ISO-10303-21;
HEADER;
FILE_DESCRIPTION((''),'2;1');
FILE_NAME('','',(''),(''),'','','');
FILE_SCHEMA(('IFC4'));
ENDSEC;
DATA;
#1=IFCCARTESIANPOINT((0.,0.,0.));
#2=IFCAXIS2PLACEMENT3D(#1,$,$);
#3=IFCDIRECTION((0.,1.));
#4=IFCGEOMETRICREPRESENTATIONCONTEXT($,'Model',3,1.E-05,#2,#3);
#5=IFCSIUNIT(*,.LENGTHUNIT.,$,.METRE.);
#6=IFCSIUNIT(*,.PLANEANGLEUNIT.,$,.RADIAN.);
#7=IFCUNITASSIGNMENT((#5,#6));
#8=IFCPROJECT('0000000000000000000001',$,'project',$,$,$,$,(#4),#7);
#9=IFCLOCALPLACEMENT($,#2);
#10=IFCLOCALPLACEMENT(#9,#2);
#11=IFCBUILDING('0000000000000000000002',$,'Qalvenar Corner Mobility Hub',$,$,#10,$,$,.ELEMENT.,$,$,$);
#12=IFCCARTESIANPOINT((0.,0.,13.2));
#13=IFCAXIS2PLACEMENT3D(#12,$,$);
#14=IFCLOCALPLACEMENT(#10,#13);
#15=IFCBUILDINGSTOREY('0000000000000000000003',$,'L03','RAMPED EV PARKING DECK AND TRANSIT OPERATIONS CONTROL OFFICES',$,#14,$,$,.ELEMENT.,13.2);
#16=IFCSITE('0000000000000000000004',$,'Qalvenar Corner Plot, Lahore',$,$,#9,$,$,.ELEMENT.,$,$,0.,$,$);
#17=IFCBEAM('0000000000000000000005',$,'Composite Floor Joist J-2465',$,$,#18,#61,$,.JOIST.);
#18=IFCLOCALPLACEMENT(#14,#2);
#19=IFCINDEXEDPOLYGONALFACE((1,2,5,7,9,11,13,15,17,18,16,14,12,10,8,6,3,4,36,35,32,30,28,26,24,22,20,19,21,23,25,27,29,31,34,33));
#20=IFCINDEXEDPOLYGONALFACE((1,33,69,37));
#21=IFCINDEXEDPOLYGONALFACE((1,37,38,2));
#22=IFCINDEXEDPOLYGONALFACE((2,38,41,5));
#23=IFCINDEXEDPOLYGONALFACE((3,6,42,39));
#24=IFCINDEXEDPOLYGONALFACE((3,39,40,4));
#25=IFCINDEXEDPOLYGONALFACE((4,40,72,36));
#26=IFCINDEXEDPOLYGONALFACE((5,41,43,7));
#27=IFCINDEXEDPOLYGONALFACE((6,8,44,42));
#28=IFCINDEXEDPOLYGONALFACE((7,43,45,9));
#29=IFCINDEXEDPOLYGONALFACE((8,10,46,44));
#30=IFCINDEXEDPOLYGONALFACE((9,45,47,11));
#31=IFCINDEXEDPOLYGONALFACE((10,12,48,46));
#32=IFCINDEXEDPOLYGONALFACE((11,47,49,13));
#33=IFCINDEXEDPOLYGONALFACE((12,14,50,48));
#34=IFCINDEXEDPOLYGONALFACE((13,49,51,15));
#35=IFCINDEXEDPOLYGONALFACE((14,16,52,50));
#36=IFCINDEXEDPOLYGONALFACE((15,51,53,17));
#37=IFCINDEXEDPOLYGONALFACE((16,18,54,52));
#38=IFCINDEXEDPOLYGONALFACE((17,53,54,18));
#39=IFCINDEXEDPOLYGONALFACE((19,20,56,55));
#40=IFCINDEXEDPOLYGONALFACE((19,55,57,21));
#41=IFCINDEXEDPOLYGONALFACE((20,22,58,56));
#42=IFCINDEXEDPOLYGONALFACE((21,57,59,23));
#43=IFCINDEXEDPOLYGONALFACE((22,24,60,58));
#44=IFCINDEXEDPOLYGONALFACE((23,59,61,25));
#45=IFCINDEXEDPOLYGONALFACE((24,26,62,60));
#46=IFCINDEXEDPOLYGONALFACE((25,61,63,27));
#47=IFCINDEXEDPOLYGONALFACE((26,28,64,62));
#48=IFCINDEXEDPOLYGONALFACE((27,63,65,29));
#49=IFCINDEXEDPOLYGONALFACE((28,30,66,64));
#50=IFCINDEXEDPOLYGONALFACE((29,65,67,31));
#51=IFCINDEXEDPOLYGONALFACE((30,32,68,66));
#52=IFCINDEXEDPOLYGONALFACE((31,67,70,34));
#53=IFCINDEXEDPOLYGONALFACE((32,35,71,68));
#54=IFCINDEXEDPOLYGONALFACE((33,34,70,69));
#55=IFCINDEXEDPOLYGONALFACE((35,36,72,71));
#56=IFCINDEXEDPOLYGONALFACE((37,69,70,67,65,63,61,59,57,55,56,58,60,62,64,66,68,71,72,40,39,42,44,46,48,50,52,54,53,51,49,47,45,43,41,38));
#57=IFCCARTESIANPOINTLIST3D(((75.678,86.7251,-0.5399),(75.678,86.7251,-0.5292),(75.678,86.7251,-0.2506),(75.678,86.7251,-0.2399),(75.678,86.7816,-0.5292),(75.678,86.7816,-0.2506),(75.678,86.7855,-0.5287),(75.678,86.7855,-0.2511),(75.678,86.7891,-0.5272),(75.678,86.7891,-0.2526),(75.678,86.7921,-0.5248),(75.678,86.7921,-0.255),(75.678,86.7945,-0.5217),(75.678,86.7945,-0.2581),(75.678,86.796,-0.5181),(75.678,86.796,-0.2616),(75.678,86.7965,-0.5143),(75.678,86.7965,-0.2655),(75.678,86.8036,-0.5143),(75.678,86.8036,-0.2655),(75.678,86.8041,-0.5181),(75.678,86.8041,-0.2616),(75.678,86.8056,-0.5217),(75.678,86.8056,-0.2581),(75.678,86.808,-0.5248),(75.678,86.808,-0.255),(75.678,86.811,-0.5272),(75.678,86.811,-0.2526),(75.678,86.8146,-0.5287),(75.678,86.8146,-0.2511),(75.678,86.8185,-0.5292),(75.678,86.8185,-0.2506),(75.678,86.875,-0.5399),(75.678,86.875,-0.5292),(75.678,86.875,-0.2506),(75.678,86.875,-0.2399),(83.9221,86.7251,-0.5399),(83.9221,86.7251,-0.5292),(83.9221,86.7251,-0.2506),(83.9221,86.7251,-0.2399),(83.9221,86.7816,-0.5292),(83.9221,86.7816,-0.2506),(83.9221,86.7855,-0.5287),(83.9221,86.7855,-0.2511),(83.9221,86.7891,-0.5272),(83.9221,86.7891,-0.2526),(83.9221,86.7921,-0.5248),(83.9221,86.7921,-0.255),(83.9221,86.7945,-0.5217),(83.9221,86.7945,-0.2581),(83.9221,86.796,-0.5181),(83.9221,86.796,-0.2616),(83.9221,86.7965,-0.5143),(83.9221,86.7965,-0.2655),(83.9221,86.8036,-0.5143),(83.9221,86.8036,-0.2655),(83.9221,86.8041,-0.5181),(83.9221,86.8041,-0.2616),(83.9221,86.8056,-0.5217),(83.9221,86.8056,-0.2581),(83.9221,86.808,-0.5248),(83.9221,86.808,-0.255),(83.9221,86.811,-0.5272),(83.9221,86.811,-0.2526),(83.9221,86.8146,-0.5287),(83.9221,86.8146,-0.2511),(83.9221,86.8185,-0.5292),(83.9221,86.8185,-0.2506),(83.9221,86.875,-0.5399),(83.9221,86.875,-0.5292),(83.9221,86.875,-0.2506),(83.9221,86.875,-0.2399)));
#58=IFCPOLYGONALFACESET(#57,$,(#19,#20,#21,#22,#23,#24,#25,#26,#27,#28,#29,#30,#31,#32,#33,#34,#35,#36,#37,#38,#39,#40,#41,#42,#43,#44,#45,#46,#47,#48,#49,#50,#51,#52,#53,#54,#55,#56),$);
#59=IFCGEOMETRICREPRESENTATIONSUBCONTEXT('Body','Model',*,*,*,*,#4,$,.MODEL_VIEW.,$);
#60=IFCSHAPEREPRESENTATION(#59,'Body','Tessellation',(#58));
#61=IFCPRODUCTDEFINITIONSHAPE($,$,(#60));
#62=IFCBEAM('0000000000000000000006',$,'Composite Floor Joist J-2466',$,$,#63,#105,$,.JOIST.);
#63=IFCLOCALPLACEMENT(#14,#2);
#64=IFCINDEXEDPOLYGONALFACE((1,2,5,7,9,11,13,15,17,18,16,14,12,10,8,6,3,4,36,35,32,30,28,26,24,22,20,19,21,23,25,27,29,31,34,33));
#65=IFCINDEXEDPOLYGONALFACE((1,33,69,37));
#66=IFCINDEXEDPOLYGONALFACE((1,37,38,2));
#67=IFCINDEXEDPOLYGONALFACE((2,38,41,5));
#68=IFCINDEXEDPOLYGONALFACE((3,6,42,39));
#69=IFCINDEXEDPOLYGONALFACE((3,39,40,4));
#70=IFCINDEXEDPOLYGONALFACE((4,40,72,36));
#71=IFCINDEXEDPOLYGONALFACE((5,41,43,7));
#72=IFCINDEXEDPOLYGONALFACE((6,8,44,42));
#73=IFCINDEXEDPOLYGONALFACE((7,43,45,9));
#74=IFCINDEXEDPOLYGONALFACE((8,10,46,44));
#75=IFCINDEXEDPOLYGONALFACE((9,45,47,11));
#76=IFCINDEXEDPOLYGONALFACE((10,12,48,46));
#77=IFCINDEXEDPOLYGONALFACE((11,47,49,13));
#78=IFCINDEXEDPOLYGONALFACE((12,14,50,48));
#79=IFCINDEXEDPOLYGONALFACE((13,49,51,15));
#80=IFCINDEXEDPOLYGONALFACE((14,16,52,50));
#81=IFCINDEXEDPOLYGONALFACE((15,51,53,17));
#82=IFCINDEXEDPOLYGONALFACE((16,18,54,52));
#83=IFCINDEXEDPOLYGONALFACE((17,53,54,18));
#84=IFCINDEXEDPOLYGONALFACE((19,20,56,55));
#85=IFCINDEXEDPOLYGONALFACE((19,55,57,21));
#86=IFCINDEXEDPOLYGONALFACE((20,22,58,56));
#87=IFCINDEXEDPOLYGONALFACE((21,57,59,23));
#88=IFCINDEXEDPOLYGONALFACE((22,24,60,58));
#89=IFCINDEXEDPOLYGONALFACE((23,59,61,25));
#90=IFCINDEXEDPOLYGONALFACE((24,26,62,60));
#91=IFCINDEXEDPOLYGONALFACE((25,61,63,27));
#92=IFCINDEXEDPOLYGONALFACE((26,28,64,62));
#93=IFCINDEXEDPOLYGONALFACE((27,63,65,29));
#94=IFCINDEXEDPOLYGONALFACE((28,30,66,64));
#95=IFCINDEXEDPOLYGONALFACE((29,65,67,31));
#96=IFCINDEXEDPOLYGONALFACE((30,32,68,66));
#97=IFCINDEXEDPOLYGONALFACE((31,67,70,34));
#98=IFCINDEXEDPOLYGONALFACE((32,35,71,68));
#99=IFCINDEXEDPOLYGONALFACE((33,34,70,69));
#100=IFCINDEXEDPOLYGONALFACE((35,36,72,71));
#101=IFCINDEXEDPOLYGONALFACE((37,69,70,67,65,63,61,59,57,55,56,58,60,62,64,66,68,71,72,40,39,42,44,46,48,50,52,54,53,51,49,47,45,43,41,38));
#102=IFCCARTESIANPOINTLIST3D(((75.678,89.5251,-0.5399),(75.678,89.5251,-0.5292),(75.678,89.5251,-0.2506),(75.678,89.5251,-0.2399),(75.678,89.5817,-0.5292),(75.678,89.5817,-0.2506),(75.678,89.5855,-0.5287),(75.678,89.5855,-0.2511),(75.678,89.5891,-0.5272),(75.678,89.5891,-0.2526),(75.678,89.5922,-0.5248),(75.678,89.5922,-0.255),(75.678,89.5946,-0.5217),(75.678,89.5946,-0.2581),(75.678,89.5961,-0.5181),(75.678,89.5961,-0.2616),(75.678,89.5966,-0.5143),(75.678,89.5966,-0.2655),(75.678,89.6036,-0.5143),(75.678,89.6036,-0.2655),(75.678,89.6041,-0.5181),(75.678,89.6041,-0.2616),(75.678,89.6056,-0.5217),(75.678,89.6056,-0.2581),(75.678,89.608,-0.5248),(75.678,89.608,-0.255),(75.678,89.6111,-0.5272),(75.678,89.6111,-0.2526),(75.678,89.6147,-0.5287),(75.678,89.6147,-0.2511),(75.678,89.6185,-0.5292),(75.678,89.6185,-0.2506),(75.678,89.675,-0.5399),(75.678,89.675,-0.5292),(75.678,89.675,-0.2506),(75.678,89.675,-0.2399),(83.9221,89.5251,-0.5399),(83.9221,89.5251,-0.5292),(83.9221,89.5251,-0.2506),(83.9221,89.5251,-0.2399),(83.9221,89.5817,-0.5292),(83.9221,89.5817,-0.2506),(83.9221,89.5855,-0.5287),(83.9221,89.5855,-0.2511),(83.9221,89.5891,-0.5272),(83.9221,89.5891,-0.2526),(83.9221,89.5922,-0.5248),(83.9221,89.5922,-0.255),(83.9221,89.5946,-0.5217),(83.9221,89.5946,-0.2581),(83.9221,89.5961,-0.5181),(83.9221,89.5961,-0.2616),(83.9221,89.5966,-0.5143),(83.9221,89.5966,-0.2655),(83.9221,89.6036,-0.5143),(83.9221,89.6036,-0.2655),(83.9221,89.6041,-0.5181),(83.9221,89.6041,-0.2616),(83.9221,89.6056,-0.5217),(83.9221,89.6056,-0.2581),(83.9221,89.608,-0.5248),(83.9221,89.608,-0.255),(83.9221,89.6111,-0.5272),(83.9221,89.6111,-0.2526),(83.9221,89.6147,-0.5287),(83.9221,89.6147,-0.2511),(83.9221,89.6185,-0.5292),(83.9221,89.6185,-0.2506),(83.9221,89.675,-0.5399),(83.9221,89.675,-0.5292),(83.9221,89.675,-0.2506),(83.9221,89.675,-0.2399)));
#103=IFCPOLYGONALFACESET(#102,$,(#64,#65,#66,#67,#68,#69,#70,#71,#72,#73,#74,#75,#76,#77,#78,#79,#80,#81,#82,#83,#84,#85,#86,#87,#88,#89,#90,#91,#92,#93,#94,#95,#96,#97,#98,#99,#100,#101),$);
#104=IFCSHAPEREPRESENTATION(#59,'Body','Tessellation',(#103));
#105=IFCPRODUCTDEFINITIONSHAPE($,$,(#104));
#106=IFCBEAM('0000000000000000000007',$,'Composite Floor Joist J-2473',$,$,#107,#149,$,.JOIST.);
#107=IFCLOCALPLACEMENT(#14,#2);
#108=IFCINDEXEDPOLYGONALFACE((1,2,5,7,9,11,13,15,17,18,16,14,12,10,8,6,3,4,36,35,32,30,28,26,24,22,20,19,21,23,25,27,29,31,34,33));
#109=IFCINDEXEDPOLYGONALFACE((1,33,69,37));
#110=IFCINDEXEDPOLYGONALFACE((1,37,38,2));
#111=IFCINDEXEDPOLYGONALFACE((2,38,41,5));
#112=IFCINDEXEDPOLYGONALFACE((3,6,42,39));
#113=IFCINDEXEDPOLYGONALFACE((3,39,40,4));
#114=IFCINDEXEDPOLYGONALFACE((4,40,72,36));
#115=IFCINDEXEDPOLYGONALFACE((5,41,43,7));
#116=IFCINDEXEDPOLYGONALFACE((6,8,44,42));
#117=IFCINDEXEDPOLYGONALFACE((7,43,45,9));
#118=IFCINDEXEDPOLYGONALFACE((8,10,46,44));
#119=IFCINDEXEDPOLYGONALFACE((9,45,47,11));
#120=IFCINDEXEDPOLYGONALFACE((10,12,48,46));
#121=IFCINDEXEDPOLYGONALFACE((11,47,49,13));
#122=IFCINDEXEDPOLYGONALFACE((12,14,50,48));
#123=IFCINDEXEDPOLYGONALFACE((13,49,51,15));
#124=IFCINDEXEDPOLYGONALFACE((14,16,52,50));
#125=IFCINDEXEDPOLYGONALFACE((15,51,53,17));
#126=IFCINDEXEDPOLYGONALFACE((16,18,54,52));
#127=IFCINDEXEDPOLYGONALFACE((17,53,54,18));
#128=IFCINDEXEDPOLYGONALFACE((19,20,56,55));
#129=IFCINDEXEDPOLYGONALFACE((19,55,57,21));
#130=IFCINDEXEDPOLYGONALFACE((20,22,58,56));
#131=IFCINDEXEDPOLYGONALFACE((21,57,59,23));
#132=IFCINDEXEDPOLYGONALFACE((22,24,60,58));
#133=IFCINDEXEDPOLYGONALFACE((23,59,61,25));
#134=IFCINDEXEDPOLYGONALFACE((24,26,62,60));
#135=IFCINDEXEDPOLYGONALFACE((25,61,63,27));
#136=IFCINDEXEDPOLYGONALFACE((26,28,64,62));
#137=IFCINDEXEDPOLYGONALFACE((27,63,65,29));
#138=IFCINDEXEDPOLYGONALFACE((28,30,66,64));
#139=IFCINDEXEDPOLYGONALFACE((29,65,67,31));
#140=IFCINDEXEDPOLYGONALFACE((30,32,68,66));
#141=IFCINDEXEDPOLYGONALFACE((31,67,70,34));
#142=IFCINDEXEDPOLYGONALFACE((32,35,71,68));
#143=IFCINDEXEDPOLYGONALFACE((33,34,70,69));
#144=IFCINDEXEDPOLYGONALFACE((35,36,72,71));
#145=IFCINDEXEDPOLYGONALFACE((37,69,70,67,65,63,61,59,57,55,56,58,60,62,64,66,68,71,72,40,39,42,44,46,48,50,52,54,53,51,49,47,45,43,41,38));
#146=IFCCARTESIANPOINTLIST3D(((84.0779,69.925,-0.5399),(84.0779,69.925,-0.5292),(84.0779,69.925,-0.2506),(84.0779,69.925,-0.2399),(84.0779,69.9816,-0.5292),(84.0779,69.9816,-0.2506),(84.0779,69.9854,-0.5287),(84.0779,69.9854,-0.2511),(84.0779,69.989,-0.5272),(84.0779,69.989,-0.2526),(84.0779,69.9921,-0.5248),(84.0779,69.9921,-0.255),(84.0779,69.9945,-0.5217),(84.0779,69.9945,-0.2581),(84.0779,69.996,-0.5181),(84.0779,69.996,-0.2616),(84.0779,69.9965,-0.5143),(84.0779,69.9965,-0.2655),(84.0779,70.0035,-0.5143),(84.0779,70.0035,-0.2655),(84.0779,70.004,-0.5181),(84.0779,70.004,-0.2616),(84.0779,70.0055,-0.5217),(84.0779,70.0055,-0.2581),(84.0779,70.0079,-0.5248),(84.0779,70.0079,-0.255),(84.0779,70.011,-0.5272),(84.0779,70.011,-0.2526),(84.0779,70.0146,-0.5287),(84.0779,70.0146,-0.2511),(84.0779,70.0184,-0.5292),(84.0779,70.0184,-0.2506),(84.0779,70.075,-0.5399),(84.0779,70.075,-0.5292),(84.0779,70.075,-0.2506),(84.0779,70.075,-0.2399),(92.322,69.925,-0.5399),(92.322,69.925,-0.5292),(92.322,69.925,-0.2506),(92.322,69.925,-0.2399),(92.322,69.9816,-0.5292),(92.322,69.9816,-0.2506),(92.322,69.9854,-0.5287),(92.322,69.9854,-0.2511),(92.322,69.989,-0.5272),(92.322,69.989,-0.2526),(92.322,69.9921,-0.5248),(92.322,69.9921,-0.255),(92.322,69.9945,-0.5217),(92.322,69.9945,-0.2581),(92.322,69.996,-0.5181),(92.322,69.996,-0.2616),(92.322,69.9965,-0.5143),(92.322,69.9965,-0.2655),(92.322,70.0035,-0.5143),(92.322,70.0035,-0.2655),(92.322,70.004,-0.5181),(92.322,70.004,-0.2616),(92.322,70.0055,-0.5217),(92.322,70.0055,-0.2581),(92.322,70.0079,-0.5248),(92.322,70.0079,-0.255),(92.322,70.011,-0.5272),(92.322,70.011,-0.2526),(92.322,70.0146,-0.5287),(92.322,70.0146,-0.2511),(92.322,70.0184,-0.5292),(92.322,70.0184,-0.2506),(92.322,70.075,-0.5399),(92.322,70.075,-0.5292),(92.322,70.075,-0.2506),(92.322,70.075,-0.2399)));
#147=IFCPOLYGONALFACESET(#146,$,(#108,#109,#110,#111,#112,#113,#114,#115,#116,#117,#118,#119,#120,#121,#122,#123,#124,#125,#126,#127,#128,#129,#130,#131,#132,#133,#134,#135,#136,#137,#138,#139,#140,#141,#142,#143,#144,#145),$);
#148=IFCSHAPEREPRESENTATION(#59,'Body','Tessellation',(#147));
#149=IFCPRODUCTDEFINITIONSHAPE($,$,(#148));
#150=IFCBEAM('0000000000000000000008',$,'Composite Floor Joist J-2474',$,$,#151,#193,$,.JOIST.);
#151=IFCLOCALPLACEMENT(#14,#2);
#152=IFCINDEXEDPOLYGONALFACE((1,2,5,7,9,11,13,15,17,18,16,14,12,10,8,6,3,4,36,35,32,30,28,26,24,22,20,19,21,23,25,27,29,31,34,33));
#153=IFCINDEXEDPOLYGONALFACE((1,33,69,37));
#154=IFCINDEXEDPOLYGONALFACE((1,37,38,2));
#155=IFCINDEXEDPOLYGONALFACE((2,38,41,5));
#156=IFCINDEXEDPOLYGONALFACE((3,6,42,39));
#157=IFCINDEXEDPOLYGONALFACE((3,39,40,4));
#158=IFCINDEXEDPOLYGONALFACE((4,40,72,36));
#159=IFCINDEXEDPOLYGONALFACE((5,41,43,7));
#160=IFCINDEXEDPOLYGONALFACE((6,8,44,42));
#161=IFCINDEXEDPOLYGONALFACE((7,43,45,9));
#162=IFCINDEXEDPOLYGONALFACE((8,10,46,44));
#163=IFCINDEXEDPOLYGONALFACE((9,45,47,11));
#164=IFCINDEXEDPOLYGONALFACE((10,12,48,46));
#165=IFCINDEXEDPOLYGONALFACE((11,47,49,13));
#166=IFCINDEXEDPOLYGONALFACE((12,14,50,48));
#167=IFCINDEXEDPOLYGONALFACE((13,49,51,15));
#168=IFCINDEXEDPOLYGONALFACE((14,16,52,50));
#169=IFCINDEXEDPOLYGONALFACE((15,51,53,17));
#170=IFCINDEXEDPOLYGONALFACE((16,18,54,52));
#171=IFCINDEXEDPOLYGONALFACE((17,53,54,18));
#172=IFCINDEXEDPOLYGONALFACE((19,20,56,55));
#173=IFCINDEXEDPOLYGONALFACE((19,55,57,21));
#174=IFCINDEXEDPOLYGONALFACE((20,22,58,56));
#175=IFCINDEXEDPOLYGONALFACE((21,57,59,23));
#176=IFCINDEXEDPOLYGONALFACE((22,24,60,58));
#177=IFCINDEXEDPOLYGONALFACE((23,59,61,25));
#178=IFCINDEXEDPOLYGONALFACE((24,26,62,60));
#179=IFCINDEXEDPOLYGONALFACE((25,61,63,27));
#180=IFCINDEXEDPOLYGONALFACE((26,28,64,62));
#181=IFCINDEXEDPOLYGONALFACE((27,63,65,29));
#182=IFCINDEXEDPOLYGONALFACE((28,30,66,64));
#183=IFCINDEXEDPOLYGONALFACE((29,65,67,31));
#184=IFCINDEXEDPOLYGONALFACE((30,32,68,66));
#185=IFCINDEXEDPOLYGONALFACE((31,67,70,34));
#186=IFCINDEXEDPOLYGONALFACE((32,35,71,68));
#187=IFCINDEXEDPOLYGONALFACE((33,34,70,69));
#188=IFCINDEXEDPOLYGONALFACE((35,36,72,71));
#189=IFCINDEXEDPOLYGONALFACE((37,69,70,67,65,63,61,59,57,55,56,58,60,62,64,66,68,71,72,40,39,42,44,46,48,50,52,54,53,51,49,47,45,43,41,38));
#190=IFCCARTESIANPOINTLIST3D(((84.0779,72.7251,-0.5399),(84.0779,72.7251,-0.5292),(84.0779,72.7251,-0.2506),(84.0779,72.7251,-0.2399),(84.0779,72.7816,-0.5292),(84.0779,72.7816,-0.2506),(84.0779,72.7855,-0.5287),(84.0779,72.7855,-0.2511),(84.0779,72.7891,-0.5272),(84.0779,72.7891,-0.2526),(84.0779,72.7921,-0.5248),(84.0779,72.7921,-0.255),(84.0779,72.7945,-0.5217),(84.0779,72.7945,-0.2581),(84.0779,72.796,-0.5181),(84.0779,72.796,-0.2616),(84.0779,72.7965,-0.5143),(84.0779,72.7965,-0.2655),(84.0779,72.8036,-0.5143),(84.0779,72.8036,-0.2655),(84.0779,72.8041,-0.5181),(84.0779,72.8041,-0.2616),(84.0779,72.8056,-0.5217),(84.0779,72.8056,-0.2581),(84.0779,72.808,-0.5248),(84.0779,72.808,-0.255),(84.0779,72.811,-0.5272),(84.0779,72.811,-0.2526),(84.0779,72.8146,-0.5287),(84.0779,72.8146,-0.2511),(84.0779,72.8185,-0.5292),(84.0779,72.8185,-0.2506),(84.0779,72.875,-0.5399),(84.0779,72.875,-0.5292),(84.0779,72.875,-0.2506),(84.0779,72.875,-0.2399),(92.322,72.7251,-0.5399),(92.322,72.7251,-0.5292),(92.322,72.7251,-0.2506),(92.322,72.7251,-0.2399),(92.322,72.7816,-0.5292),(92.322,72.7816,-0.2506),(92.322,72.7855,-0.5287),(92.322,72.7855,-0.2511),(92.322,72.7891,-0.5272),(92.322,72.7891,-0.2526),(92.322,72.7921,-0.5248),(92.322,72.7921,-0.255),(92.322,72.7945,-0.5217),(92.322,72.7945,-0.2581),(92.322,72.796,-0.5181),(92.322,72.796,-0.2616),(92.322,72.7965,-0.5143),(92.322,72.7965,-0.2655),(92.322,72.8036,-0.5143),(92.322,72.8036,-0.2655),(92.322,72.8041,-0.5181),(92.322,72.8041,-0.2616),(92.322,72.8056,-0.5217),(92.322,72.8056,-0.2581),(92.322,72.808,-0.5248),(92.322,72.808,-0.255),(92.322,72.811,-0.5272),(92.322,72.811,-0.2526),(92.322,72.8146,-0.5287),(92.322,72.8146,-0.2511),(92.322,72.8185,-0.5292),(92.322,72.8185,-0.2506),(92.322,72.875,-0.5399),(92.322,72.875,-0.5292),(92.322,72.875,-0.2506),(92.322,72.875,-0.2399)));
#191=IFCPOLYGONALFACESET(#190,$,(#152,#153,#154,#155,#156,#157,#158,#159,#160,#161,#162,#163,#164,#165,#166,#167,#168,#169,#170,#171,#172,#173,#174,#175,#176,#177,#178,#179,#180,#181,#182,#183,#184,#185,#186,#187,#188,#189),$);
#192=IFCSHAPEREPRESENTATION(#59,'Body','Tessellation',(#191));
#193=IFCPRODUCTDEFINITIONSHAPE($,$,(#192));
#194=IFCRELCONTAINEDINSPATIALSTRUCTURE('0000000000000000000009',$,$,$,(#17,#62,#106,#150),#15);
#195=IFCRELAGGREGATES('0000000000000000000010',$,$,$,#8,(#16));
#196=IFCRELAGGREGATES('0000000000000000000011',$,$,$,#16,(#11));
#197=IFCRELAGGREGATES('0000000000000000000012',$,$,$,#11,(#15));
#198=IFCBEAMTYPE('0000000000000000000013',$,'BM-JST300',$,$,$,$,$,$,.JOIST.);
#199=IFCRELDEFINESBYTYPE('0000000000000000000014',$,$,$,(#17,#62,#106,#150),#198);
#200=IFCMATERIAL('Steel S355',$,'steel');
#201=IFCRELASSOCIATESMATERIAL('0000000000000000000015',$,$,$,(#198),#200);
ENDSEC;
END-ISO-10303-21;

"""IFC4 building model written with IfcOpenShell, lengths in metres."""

from ifc_helpers import new_model, si_unit, direction, frame, origin, origin_2d, place, context, subcontext, project, spatial, i_section, extrude, material, material_profile, profile_set, type_object, element, save


model = new_model("IFC4")

# Units and contexts
model_context = context("Model", 3, precision=1e-05, world=origin(), true_north=direction((0.0, 1.0)))
body_context = subcontext(model_context, "Body", "Model", "MODEL_VIEW")
ifc_project = project(units=[si_unit("LENGTHUNIT", "METRE"), si_unit("PLANEANGLEUNIT", "RADIAN")], contexts=[model_context])

# Site, building, storey
site_placement = place(None, origin())
site = spatial("IfcSite", under=ifc_project, at=site_placement, Name="Qalvenar Corner Plot, Lahore", CompositionType="ELEMENT", RefElevation=0.0)
building_placement = place(site_placement, origin())
building = spatial("IfcBuilding", under=site, at=building_placement, Name="Qalvenar Corner Mobility Hub", CompositionType="ELEMENT")
storey_placement = place(building_placement, frame((0.0, 0.0, 13.2)))
storey = spatial("IfcBuildingStorey", under=building, at=storey_placement, Name="L03", Description="RAMPED EV PARKING DECK AND TRANSIT OPERATIONS CONTROL OFFICES", CompositionType="ELEMENT", Elevation=13.2)

# Shared definitions
ifc_material_1 = material(Name="Steel S355", Category="steel")

# Beams
ifc_material_profile_1 = material_profile(ifc_material_1, i_section(OverallWidth=0.1499, OverallDepth=0.3, WebThickness=0.0071, FlangeThickness=0.0107, FilletRadius=0.0149, at=origin_2d()), Name="IPE300")
ifc_profile_set_1 = profile_set([ifc_material_profile_1], Name="Steel S355")
beam_type_1 = type_object("IfcBeamType", Name="BM-JST300", PredefinedType="JOIST", material=ifc_profile_set_1)
for number, where, z_axis, x_axis, name in (
    (1, (75.678, 86.8, -0.3899), (1.0, 0.0, 0.0), (0.0, 1.0, 0.0), "Composite Floor Joist J-2465"),
    (2, (75.678, 89.6001, -0.3899), (1.0, 0.0, 0.0), (0.0, 1.0, 0.0), "Composite Floor Joist J-2466"),
    (3, (84.0779, 70.0, -0.3899), (1.0, 0.0, 0.0), (0.0, 1.0, 0.0), "Composite Floor Joist J-2473"),
    (4, (84.0779, 72.8, -0.3899), (1.0, 0.0, 0.0), (0.0, 1.0, 0.0), "Composite Floor Joist J-2474"),
):
    element("IfcBeam", number, at=place(storey_placement, frame(where, z_axis=z_axis, x_axis=x_axis)), inside=storey, type_object=beam_type_1, Name=name, PredefinedType="JOIST", context=body_context, shape_type="SweptSolid", body=[
        extrude(i_section(OverallWidth=0.1499, OverallDepth=0.3, WebThickness=0.0071, FlangeThickness=0.0107, FilletRadius=0.0149, at=origin_2d()), origin(), (0.0, 0.0, 1.0), 8.2441),
    ])

save(model, "model.ifc")
